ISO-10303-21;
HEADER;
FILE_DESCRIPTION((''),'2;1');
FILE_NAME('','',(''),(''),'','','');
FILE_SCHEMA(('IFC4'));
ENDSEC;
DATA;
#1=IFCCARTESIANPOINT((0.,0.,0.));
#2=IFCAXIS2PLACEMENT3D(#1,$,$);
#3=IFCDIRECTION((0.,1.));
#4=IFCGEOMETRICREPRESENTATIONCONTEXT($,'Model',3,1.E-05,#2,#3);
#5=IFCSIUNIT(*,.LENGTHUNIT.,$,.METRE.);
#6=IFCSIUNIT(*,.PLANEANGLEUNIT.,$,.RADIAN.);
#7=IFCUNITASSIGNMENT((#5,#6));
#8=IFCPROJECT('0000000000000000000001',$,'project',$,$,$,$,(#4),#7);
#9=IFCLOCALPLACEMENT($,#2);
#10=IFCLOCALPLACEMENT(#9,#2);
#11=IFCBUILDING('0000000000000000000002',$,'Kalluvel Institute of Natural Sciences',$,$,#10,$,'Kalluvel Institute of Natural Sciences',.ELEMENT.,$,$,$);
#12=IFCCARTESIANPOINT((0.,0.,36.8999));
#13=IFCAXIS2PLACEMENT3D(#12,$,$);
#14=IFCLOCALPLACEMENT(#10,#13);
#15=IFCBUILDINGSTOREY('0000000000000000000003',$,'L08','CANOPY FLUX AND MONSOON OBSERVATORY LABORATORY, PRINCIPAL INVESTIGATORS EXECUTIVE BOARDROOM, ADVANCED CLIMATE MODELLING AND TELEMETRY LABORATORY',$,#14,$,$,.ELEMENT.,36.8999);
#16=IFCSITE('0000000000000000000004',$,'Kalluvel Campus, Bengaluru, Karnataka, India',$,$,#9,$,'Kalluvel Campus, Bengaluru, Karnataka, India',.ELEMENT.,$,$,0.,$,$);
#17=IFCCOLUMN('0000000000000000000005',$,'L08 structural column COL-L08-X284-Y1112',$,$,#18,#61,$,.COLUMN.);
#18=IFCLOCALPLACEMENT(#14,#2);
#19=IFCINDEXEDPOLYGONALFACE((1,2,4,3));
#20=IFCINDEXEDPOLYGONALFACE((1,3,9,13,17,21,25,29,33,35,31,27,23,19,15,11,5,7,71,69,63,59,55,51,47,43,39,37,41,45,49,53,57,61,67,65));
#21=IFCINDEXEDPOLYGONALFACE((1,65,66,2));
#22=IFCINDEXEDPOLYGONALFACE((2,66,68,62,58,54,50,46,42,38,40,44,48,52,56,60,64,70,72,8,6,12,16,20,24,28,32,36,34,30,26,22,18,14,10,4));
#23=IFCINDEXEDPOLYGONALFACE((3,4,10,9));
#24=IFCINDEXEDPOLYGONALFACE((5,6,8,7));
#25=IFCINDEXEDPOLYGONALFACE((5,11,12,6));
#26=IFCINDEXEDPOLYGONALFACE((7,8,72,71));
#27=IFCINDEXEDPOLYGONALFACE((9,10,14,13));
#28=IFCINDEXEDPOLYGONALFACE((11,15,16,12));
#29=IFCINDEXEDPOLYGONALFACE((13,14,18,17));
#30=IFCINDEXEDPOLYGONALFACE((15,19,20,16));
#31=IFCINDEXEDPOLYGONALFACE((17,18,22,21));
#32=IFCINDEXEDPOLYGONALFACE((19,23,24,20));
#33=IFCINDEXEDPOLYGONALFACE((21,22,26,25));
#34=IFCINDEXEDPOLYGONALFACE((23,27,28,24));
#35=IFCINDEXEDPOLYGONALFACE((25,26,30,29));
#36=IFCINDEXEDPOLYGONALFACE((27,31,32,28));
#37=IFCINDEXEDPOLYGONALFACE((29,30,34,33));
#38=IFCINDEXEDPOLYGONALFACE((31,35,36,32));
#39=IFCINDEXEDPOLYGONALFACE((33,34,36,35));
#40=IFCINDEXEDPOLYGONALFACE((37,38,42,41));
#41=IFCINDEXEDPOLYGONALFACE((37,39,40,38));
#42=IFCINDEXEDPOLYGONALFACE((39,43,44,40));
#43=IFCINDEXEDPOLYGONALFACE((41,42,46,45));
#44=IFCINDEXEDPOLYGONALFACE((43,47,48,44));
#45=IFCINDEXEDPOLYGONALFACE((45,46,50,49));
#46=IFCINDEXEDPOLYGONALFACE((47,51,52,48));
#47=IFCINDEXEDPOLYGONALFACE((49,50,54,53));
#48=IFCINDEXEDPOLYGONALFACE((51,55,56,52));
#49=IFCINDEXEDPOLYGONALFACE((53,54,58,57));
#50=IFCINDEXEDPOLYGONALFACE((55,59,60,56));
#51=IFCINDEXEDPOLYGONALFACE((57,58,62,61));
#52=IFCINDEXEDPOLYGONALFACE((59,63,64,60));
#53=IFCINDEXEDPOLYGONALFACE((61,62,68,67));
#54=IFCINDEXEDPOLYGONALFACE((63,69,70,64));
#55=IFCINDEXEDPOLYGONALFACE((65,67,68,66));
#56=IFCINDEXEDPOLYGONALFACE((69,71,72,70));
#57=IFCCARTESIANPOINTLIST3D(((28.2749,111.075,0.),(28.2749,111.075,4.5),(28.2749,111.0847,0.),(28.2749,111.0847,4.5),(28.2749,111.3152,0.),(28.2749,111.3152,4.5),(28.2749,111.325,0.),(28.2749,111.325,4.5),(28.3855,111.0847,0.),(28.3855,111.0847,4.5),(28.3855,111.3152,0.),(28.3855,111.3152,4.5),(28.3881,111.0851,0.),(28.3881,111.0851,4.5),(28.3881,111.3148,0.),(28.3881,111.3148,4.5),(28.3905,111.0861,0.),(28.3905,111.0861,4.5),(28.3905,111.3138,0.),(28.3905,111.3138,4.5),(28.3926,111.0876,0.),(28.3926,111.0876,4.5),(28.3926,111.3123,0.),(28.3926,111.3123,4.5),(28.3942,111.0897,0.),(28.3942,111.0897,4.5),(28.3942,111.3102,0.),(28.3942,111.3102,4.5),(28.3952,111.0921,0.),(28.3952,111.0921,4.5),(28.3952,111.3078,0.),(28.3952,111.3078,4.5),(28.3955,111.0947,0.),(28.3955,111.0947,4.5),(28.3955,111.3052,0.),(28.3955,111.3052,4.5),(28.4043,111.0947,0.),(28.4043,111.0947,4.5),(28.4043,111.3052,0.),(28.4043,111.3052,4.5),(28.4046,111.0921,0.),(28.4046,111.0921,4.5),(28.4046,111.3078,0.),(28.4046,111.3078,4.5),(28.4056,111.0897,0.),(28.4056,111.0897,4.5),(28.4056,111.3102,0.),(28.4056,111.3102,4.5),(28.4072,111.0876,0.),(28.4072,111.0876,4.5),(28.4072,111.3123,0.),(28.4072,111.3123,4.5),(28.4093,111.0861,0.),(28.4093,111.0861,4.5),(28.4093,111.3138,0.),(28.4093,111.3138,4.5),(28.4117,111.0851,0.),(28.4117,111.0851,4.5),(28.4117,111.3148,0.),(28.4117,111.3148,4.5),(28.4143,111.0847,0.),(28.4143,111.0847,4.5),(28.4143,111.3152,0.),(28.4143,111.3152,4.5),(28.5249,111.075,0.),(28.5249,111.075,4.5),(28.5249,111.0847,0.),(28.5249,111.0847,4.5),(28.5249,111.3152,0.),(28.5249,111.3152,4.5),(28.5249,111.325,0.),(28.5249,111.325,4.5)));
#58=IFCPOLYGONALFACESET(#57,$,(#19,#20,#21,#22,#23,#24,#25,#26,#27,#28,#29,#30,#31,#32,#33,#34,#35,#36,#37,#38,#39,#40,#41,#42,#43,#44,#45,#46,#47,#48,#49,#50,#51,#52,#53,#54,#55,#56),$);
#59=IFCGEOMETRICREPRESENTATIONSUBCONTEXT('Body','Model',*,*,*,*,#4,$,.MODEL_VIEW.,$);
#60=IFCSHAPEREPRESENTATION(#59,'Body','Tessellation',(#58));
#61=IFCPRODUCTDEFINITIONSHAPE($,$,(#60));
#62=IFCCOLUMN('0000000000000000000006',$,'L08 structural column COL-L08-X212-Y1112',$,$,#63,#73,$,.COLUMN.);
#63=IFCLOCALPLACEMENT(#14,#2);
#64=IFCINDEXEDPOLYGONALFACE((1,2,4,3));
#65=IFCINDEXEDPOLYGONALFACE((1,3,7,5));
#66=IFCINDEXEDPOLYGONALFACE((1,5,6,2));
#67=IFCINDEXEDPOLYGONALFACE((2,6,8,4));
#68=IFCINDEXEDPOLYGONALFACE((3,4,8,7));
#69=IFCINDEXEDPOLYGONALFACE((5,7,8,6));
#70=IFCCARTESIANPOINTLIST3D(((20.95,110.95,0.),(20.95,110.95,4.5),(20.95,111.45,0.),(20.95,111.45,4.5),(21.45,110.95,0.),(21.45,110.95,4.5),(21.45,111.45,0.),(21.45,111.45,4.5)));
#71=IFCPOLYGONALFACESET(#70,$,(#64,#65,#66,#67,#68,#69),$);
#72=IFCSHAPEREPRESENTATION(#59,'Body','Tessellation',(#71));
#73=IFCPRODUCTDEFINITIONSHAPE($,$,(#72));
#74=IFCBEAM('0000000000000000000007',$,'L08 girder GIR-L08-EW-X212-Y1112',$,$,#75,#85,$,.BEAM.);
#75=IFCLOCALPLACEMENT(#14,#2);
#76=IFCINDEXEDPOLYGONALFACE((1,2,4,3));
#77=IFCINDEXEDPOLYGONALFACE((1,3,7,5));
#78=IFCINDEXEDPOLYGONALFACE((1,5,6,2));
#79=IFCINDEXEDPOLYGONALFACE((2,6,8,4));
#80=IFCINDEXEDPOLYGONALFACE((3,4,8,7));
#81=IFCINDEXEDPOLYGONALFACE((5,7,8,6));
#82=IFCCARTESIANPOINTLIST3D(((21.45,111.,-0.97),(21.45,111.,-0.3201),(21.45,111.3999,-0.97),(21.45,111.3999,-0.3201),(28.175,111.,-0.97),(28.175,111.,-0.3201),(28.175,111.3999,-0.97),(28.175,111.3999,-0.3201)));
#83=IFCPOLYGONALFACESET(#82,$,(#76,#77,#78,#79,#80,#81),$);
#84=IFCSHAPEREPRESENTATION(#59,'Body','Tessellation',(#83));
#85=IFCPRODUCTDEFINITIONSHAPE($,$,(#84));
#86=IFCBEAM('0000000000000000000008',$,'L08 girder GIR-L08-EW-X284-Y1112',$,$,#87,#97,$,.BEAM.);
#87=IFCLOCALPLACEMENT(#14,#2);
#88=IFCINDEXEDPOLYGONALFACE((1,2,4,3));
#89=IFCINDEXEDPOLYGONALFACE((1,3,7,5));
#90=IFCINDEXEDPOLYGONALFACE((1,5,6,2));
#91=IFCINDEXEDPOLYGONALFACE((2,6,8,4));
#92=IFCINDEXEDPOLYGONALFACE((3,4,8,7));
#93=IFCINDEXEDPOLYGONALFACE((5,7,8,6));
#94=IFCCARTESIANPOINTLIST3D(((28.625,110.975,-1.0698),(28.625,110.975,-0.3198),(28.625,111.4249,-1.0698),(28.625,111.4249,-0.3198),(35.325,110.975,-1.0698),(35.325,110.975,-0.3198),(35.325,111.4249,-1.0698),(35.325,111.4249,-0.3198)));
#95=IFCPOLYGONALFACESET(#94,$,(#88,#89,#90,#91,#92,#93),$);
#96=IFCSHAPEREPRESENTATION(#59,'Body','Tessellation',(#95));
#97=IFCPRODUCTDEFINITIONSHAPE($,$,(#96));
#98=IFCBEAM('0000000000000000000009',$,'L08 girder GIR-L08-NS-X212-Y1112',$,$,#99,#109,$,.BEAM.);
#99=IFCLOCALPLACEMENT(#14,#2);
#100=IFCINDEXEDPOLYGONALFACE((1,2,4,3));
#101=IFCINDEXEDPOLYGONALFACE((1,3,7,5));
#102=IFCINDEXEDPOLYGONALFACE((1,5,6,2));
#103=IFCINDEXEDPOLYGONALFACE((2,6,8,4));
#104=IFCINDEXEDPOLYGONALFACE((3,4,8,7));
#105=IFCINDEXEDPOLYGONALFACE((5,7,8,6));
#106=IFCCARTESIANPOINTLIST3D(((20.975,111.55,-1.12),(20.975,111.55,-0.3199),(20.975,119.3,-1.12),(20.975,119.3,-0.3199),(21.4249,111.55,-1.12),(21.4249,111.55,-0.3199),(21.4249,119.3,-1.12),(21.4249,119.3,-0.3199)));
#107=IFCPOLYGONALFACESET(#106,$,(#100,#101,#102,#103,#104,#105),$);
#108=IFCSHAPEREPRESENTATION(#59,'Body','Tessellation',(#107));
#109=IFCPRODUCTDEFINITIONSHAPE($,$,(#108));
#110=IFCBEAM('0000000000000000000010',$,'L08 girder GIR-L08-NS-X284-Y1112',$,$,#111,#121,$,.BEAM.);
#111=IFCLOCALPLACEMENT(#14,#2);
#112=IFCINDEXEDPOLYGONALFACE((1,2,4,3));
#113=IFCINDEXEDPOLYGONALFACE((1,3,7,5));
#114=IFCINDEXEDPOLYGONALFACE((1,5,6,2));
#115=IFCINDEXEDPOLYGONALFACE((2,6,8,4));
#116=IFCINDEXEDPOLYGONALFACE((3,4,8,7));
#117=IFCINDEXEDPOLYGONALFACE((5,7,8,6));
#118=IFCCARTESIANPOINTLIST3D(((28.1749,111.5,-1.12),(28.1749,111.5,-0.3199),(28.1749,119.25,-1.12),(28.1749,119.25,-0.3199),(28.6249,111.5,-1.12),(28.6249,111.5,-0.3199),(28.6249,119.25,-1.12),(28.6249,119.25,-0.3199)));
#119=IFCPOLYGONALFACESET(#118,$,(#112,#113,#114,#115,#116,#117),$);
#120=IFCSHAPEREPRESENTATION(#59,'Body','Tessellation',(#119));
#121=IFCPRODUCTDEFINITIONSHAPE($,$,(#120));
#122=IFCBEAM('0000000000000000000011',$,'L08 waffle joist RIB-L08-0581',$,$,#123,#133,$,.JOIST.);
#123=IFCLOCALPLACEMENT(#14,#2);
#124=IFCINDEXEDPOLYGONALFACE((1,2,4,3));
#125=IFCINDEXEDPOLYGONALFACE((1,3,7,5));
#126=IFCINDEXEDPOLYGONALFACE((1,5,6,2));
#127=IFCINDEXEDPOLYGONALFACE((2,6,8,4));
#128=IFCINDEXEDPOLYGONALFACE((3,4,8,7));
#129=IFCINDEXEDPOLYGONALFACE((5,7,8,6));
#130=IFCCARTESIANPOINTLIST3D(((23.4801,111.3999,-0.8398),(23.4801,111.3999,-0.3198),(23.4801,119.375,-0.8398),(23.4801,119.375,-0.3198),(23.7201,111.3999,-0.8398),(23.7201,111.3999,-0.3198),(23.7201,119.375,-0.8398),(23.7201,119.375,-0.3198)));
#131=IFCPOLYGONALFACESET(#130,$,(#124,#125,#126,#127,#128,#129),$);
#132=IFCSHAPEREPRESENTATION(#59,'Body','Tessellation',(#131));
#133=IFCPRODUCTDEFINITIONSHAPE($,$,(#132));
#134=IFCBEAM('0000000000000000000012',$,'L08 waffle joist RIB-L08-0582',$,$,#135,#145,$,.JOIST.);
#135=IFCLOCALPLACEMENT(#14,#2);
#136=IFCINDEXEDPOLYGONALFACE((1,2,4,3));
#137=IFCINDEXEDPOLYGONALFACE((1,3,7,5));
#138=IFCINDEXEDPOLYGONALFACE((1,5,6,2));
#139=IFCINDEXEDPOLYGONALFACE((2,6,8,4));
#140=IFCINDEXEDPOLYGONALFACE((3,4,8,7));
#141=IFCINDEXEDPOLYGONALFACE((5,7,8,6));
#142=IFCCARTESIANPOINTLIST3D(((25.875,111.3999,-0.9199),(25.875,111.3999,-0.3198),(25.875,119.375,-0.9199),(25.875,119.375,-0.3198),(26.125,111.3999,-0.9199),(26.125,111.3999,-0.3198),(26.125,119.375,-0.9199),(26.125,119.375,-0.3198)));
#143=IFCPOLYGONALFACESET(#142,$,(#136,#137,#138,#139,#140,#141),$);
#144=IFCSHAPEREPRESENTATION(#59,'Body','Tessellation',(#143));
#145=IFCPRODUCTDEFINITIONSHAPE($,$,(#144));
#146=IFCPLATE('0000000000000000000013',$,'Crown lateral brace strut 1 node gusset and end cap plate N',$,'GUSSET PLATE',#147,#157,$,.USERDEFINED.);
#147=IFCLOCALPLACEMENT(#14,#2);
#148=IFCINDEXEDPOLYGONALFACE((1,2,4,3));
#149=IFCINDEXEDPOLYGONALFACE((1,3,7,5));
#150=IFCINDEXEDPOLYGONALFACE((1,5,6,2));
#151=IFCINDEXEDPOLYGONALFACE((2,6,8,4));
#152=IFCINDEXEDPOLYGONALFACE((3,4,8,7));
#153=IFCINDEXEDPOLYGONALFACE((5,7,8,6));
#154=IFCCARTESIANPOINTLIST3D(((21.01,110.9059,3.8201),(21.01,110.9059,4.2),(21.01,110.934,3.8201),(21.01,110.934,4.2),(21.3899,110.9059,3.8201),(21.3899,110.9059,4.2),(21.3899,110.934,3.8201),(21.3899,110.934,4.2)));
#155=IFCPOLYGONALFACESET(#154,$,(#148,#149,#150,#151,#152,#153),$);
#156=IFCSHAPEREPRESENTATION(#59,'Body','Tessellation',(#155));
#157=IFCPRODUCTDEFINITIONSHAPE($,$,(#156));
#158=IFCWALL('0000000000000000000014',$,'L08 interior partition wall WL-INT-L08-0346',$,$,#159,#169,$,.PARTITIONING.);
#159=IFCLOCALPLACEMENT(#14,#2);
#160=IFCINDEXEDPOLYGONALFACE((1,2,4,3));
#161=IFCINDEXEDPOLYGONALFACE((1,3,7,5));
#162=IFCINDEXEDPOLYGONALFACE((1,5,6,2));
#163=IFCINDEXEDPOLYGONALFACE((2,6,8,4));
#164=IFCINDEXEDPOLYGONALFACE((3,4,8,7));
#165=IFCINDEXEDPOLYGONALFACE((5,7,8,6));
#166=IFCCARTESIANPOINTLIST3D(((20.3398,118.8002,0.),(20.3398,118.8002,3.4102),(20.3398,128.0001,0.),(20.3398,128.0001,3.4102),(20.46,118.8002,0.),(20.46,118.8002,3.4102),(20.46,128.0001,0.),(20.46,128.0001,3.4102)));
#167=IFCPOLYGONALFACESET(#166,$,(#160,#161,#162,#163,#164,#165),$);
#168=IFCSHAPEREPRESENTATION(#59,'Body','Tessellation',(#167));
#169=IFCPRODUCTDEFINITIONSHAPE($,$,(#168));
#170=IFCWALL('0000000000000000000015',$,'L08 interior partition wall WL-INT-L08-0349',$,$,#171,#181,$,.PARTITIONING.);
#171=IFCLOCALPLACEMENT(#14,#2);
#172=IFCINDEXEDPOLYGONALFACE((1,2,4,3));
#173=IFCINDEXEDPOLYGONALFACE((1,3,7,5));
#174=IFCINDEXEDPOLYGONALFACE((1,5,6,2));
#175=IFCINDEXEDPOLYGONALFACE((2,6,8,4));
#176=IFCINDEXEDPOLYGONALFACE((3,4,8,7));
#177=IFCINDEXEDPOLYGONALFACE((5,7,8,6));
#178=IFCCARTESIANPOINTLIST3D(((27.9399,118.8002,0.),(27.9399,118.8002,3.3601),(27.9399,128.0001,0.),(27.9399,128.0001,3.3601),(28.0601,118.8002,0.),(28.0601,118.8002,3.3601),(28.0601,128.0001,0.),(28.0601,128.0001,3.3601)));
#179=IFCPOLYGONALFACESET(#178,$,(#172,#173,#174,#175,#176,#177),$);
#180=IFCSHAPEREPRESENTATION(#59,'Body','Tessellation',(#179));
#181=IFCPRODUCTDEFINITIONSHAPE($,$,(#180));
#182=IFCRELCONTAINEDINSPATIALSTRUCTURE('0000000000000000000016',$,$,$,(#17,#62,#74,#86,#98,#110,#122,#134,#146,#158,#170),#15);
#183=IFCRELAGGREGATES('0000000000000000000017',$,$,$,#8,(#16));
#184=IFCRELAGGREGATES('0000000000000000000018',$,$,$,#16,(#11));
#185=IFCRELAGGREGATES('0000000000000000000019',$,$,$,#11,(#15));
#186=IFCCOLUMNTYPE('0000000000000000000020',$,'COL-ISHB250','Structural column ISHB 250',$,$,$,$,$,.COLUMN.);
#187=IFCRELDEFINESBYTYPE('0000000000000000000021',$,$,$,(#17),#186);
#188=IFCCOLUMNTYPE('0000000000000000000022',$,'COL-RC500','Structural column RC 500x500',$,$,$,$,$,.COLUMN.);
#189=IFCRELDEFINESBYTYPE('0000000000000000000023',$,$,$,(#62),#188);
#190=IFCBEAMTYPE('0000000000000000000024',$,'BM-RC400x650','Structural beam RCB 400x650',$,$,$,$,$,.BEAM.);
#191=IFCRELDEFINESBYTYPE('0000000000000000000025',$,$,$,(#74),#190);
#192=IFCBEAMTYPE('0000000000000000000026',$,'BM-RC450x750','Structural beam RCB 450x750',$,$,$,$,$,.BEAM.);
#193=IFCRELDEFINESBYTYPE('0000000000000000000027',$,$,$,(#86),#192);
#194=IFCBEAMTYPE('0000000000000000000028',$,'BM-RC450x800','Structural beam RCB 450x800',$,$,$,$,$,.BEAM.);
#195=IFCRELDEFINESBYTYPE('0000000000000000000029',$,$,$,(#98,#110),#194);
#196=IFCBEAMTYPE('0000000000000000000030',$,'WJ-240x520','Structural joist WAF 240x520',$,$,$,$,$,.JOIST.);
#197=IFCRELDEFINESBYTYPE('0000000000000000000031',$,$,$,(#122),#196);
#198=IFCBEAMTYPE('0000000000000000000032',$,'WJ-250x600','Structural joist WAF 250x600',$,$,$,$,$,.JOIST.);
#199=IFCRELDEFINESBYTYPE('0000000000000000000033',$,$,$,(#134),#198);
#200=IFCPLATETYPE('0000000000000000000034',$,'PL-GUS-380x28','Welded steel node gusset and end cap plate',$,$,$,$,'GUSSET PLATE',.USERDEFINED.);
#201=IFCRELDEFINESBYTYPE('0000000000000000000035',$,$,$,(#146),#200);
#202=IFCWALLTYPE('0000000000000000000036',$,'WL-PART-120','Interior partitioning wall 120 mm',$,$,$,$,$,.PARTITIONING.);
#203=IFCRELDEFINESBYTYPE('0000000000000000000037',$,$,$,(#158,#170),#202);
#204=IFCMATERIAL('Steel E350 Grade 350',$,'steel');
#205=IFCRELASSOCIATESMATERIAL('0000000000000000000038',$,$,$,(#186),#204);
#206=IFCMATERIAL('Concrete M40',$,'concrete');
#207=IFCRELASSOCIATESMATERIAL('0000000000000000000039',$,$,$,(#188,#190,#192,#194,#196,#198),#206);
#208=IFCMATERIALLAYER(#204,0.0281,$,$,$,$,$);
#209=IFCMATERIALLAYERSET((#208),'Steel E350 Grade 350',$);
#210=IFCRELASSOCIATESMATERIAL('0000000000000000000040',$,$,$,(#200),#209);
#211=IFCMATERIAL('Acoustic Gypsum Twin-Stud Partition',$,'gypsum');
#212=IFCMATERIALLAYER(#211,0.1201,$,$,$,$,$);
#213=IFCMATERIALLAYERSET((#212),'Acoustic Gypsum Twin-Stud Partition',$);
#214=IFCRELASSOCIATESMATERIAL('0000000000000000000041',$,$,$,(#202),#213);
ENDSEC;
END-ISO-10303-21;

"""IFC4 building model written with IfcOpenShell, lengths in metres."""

from ifc_helpers import new_model, si_unit, direction, frame, frame_2d, origin, origin_2d, place, context, subcontext, project, spatial, rectangle, i_section, extrude, material, layer, layer_set, material_profile, profile_set, type_object, element, save


model = new_model("IFC4")

# Units and contexts
model_context = context("Model", 3, precision=1e-05, world=origin(), true_north=direction((0.0, 1.0)))
body_context = subcontext(model_context, "Body", "Model", "MODEL_VIEW")
ifc_project = project(units=[si_unit("LENGTHUNIT", "METRE"), si_unit("PLANEANGLEUNIT", "RADIAN")], contexts=[model_context])

# Site, building, storey
site_placement = place(None, origin())
site = spatial("IfcSite", under=ifc_project, at=site_placement, Name="Kalluvel Campus, Bengaluru, Karnataka, India", LongName="Kalluvel Campus, Bengaluru, Karnataka, India", CompositionType="ELEMENT", RefElevation=0.0)
building_placement = place(site_placement, origin())
building = spatial("IfcBuilding", under=site, at=building_placement, Name="Kalluvel Institute of Natural Sciences", LongName="Kalluvel Institute of Natural Sciences", CompositionType="ELEMENT")
storey_placement = place(building_placement, frame((0.0, 0.0, 36.8999)))
storey = spatial("IfcBuildingStorey", under=building, at=storey_placement, Name="L08", Description="CANOPY FLUX AND MONSOON OBSERVATORY LABORATORY, PRINCIPAL INVESTIGATORS EXECUTIVE BOARDROOM, ADVANCED CLIMATE MODELLING AND TELEMETRY LABORATORY", CompositionType="ELEMENT", Elevation=36.8999)

# Columns
ifc_material_1 = material(Name="Steel E350 Grade 350", Category="steel")
ifc_material_profile_1 = material_profile(ifc_material_1, i_section(OverallWidth=0.25, OverallDepth=0.25, WebThickness=0.0088, FlangeThickness=0.0098, FilletRadius=0.01, at=origin_2d()), Name="ISHB 250")
ifc_profile_set_1 = profile_set([ifc_material_profile_1], Name="Steel E350 Grade 350")
column_type_1 = type_object("IfcColumnType", Name="COL-ISHB250", Description="Structural column ISHB 250", PredefinedType="COLUMN", material=ifc_profile_set_1)
column_1_placement = place(storey_placement, frame((28.3999, 111.2, 0.0), z_axis=(0.0, 0.0, 1.0), x_axis=(1.0, 0.0, 0.0)))
element("IfcColumn", 1, at=column_1_placement, inside=storey, type_object=column_type_1, Name="L08 structural column COL-L08-X284-Y1112", PredefinedType="COLUMN", context=body_context, shape_type="SweptSolid", body=[
    extrude(i_section(OverallWidth=0.25, OverallDepth=0.25, WebThickness=0.0088, FlangeThickness=0.0098, FilletRadius=0.01, at=origin_2d()), origin(), (0.0, 0.0, 1.0), 4.5),
])
ifc_material_2 = material(Name="Concrete M40", Category="concrete")
ifc_material_profile_2 = material_profile(ifc_material_2, rectangle(XDim=0.5, YDim=0.5, at=origin_2d()), Name="RC 500x500")
ifc_profile_set_2 = profile_set([ifc_material_profile_2], Name="Concrete M40")
column_type_2 = type_object("IfcColumnType", Name="COL-RC500", Description="Structural column RC 500x500", PredefinedType="COLUMN", material=ifc_profile_set_2)
column_2_placement = place(storey_placement, frame((21.2, 111.2, 0.0), z_axis=(0.0, 0.0, 1.0), x_axis=(1.0, 0.0, 0.0)))
element("IfcColumn", 2, at=column_2_placement, inside=storey, type_object=column_type_2, Name="L08 structural column COL-L08-X212-Y1112", PredefinedType="COLUMN", context=body_context, shape_type="SweptSolid", body=[
    extrude(rectangle(XDim=0.5, YDim=0.5, at=origin_2d()), origin(), (0.0, 0.0, 1.0), 4.5),
])

# Beams
ifc_material_profile_3 = material_profile(ifc_material_2, rectangle(XDim=0.3999, YDim=0.6499, at=origin_2d()), Name="RCB 400x650")
ifc_profile_set_3 = profile_set([ifc_material_profile_3], Name="Concrete M40")
beam_type_1 = type_object("IfcBeamType", Name="BM-RC400x650", Description="Structural beam RCB 400x650", PredefinedType="BEAM", material=ifc_profile_set_3)
beam_1_placement = place(storey_placement, frame((21.45, 111.2, -0.645), z_axis=(1.0, 0.0, 0.0), x_axis=(0.0, 1.0, 0.0)))
element("IfcBeam", 3, at=beam_1_placement, inside=storey, type_object=beam_type_1, Name="L08 girder GIR-L08-EW-X212-Y1112", PredefinedType="BEAM", context=body_context, shape_type="SweptSolid", body=[
    extrude(rectangle(XDim=0.3999, YDim=0.6499, at=origin_2d()), origin(), (0.0, 0.0, 1.0), 6.7251),
])
ifc_material_profile_4 = material_profile(ifc_material_2, rectangle(XDim=0.45, YDim=0.75, at=origin_2d()), Name="RCB 450x750")
ifc_profile_set_4 = profile_set([ifc_material_profile_4], Name="Concrete M40")
beam_type_2 = type_object("IfcBeamType", Name="BM-RC450x750", Description="Structural beam RCB 450x750", PredefinedType="BEAM", material=ifc_profile_set_4)
beam_2_placement = place(storey_placement, frame((28.625, 111.2, -0.6948), z_axis=(1.0, 0.0, 0.0), x_axis=(0.0, 1.0, 0.0)))
element("IfcBeam", 4, at=beam_2_placement, inside=storey, type_object=beam_type_2, Name="L08 girder GIR-L08-EW-X284-Y1112", PredefinedType="BEAM", context=body_context, shape_type="SweptSolid", body=[
    extrude(rectangle(XDim=0.45, YDim=0.75, at=origin_2d()), origin(), (0.0, 0.0, 1.0), 6.7),
])
ifc_material_profile_5 = material_profile(ifc_material_2, rectangle(XDim=0.45, YDim=0.8, at=origin_2d()), Name="RCB 450x800")
ifc_profile_set_5 = profile_set([ifc_material_profile_5], Name="Concrete M40")
beam_type_3 = type_object("IfcBeamType", Name="BM-RC450x800", Description="Structural beam RCB 450x800", PredefinedType="BEAM", material=ifc_profile_set_5)
for number, where, z_axis, x_axis, name in (
    (5, (21.2, 111.55, -0.72), (0.0, 1.0, 0.0), (-1.0, 0.0, 0.0), "L08 girder GIR-L08-NS-X212-Y1112"),
    (6, (28.3999, 111.5, -0.72), (0.0, 1.0, 0.0), (-1.0, 0.0, 0.0), "L08 girder GIR-L08-NS-X284-Y1112"),
):
    element("IfcBeam", number, at=place(storey_placement, frame(where, z_axis=z_axis, x_axis=x_axis)), inside=storey, type_object=beam_type_3, Name=name, PredefinedType="BEAM", context=body_context, shape_type="SweptSolid", body=[
        extrude(rectangle(XDim=0.45, YDim=0.8, at=origin_2d()), origin(), (0.0, 0.0, 1.0), 7.75),
    ])
ifc_material_profile_6 = material_profile(ifc_material_2, rectangle(XDim=0.24, YDim=0.52, at=origin_2d()), Name="WAF 240x520")
ifc_profile_set_6 = profile_set([ifc_material_profile_6], Name="Concrete M40")
beam_type_4 = type_object("IfcBeamType", Name="WJ-240x520", Description="Structural joist WAF 240x520", PredefinedType="JOIST", material=ifc_profile_set_6)
beam_3_placement = place(storey_placement, frame((23.6001, 111.3999, -0.5798), z_axis=(0.0, 1.0, 0.0), x_axis=(-1.0, 0.0, 0.0)))
element("IfcBeam", 7, at=beam_3_placement, inside=storey, type_object=beam_type_4, Name="L08 waffle joist RIB-L08-0581", PredefinedType="JOIST", context=body_context, shape_type="SweptSolid", body=[
    extrude(rectangle(XDim=0.24, YDim=0.52, at=origin_2d()), origin(), (0.0, 0.0, 1.0), 7.9751),
])
ifc_material_profile_7 = material_profile(ifc_material_2, rectangle(XDim=0.25, YDim=0.6001, at=origin_2d()), Name="WAF 250x600")
ifc_profile_set_7 = profile_set([ifc_material_profile_7], Name="Concrete M40")
beam_type_5 = type_object("IfcBeamType", Name="WJ-250x600", Description="Structural joist WAF 250x600", PredefinedType="JOIST", material=ifc_profile_set_7)
beam_4_placement = place(storey_placement, frame((26.0, 111.3999, -0.6199), z_axis=(0.0, 1.0, 0.0), x_axis=(-1.0, 0.0, 0.0)))
element("IfcBeam", 8, at=beam_4_placement, inside=storey, type_object=beam_type_5, Name="L08 waffle joist RIB-L08-0582", PredefinedType="JOIST", context=body_context, shape_type="SweptSolid", body=[
    extrude(rectangle(XDim=0.25, YDim=0.6001, at=origin_2d()), origin(), (0.0, 0.0, 1.0), 7.9751),
])

# Plate
ifc_layer_1 = layer(ifc_material_1, 0.0281)
ifc_layer_set_1 = layer_set([ifc_layer_1], Name="Steel E350 Grade 350")
plate_type = type_object("IfcPlateType", Name="PL-GUS-380x28", Description="Welded steel node gusset and end cap plate", ElementType="GUSSET PLATE", PredefinedType="USERDEFINED", material=ifc_layer_set_1)
plate_placement = place(storey_placement, frame((21.2, 110.9199, 3.8201), z_axis=(0.0, 0.0, 1.0), x_axis=(1.0, 0.0, 0.0)))
element("IfcPlate", 9, at=plate_placement, inside=storey, type_object=plate_type, Name="Crown lateral brace strut 1 node gusset and end cap plate N", ObjectType="GUSSET PLATE", PredefinedType="USERDEFINED", context=body_context, shape_type="SweptSolid", body=[
    extrude(rectangle(XDim=0.3799, YDim=0.0281, at=origin_2d()), origin(), (0.0, 0.0, 1.0), 0.3799),
])

# Walls
ifc_material_3 = material(Name="Acoustic Gypsum Twin-Stud Partition", Category="gypsum")
ifc_layer_2 = layer(ifc_material_3, 0.1201)
ifc_layer_set_2 = layer_set([ifc_layer_2], Name="Acoustic Gypsum Twin-Stud Partition")
wall_type_1 = type_object("IfcWallType", Name="WL-PART-120", Description="Interior partitioning wall 120 mm", PredefinedType="PARTITIONING", material=ifc_layer_set_2)
wall_1_placement = place(storey_placement, frame((20.3999, 118.8, 0.0), z_axis=(0.0, 0.0, 1.0), x_axis=(0.0, 1.0, 0.0)))
element("IfcWall", 10, at=wall_1_placement, inside=storey, type_object=wall_type_1, Name="L08 interior partition wall WL-INT-L08-0346", PredefinedType="PARTITIONING", context=body_context, shape_type="SweptSolid", body=[
    extrude(rectangle(XDim=9.2, YDim=0.1201, at=frame_2d((4.6001, 0.0))), origin(), (0.0, 0.0, 1.0), 3.4102),
])
wall_2_placement = place(storey_placement, frame((28.0, 118.8, 0.0), z_axis=(0.0, 0.0, 1.0), x_axis=(0.0, 1.0, 0.0)))
element("IfcWall", 11, at=wall_2_placement, inside=storey, type_object=wall_type_1, Name="L08 interior partition wall WL-INT-L08-0349", PredefinedType="PARTITIONING", context=body_context, shape_type="SweptSolid", body=[
    extrude(rectangle(XDim=9.2, YDim=0.1201, at=frame_2d((4.6001, 0.0))), origin(), (0.0, 0.0, 1.0), 3.3601),
])

save(model, "model.ifc")
